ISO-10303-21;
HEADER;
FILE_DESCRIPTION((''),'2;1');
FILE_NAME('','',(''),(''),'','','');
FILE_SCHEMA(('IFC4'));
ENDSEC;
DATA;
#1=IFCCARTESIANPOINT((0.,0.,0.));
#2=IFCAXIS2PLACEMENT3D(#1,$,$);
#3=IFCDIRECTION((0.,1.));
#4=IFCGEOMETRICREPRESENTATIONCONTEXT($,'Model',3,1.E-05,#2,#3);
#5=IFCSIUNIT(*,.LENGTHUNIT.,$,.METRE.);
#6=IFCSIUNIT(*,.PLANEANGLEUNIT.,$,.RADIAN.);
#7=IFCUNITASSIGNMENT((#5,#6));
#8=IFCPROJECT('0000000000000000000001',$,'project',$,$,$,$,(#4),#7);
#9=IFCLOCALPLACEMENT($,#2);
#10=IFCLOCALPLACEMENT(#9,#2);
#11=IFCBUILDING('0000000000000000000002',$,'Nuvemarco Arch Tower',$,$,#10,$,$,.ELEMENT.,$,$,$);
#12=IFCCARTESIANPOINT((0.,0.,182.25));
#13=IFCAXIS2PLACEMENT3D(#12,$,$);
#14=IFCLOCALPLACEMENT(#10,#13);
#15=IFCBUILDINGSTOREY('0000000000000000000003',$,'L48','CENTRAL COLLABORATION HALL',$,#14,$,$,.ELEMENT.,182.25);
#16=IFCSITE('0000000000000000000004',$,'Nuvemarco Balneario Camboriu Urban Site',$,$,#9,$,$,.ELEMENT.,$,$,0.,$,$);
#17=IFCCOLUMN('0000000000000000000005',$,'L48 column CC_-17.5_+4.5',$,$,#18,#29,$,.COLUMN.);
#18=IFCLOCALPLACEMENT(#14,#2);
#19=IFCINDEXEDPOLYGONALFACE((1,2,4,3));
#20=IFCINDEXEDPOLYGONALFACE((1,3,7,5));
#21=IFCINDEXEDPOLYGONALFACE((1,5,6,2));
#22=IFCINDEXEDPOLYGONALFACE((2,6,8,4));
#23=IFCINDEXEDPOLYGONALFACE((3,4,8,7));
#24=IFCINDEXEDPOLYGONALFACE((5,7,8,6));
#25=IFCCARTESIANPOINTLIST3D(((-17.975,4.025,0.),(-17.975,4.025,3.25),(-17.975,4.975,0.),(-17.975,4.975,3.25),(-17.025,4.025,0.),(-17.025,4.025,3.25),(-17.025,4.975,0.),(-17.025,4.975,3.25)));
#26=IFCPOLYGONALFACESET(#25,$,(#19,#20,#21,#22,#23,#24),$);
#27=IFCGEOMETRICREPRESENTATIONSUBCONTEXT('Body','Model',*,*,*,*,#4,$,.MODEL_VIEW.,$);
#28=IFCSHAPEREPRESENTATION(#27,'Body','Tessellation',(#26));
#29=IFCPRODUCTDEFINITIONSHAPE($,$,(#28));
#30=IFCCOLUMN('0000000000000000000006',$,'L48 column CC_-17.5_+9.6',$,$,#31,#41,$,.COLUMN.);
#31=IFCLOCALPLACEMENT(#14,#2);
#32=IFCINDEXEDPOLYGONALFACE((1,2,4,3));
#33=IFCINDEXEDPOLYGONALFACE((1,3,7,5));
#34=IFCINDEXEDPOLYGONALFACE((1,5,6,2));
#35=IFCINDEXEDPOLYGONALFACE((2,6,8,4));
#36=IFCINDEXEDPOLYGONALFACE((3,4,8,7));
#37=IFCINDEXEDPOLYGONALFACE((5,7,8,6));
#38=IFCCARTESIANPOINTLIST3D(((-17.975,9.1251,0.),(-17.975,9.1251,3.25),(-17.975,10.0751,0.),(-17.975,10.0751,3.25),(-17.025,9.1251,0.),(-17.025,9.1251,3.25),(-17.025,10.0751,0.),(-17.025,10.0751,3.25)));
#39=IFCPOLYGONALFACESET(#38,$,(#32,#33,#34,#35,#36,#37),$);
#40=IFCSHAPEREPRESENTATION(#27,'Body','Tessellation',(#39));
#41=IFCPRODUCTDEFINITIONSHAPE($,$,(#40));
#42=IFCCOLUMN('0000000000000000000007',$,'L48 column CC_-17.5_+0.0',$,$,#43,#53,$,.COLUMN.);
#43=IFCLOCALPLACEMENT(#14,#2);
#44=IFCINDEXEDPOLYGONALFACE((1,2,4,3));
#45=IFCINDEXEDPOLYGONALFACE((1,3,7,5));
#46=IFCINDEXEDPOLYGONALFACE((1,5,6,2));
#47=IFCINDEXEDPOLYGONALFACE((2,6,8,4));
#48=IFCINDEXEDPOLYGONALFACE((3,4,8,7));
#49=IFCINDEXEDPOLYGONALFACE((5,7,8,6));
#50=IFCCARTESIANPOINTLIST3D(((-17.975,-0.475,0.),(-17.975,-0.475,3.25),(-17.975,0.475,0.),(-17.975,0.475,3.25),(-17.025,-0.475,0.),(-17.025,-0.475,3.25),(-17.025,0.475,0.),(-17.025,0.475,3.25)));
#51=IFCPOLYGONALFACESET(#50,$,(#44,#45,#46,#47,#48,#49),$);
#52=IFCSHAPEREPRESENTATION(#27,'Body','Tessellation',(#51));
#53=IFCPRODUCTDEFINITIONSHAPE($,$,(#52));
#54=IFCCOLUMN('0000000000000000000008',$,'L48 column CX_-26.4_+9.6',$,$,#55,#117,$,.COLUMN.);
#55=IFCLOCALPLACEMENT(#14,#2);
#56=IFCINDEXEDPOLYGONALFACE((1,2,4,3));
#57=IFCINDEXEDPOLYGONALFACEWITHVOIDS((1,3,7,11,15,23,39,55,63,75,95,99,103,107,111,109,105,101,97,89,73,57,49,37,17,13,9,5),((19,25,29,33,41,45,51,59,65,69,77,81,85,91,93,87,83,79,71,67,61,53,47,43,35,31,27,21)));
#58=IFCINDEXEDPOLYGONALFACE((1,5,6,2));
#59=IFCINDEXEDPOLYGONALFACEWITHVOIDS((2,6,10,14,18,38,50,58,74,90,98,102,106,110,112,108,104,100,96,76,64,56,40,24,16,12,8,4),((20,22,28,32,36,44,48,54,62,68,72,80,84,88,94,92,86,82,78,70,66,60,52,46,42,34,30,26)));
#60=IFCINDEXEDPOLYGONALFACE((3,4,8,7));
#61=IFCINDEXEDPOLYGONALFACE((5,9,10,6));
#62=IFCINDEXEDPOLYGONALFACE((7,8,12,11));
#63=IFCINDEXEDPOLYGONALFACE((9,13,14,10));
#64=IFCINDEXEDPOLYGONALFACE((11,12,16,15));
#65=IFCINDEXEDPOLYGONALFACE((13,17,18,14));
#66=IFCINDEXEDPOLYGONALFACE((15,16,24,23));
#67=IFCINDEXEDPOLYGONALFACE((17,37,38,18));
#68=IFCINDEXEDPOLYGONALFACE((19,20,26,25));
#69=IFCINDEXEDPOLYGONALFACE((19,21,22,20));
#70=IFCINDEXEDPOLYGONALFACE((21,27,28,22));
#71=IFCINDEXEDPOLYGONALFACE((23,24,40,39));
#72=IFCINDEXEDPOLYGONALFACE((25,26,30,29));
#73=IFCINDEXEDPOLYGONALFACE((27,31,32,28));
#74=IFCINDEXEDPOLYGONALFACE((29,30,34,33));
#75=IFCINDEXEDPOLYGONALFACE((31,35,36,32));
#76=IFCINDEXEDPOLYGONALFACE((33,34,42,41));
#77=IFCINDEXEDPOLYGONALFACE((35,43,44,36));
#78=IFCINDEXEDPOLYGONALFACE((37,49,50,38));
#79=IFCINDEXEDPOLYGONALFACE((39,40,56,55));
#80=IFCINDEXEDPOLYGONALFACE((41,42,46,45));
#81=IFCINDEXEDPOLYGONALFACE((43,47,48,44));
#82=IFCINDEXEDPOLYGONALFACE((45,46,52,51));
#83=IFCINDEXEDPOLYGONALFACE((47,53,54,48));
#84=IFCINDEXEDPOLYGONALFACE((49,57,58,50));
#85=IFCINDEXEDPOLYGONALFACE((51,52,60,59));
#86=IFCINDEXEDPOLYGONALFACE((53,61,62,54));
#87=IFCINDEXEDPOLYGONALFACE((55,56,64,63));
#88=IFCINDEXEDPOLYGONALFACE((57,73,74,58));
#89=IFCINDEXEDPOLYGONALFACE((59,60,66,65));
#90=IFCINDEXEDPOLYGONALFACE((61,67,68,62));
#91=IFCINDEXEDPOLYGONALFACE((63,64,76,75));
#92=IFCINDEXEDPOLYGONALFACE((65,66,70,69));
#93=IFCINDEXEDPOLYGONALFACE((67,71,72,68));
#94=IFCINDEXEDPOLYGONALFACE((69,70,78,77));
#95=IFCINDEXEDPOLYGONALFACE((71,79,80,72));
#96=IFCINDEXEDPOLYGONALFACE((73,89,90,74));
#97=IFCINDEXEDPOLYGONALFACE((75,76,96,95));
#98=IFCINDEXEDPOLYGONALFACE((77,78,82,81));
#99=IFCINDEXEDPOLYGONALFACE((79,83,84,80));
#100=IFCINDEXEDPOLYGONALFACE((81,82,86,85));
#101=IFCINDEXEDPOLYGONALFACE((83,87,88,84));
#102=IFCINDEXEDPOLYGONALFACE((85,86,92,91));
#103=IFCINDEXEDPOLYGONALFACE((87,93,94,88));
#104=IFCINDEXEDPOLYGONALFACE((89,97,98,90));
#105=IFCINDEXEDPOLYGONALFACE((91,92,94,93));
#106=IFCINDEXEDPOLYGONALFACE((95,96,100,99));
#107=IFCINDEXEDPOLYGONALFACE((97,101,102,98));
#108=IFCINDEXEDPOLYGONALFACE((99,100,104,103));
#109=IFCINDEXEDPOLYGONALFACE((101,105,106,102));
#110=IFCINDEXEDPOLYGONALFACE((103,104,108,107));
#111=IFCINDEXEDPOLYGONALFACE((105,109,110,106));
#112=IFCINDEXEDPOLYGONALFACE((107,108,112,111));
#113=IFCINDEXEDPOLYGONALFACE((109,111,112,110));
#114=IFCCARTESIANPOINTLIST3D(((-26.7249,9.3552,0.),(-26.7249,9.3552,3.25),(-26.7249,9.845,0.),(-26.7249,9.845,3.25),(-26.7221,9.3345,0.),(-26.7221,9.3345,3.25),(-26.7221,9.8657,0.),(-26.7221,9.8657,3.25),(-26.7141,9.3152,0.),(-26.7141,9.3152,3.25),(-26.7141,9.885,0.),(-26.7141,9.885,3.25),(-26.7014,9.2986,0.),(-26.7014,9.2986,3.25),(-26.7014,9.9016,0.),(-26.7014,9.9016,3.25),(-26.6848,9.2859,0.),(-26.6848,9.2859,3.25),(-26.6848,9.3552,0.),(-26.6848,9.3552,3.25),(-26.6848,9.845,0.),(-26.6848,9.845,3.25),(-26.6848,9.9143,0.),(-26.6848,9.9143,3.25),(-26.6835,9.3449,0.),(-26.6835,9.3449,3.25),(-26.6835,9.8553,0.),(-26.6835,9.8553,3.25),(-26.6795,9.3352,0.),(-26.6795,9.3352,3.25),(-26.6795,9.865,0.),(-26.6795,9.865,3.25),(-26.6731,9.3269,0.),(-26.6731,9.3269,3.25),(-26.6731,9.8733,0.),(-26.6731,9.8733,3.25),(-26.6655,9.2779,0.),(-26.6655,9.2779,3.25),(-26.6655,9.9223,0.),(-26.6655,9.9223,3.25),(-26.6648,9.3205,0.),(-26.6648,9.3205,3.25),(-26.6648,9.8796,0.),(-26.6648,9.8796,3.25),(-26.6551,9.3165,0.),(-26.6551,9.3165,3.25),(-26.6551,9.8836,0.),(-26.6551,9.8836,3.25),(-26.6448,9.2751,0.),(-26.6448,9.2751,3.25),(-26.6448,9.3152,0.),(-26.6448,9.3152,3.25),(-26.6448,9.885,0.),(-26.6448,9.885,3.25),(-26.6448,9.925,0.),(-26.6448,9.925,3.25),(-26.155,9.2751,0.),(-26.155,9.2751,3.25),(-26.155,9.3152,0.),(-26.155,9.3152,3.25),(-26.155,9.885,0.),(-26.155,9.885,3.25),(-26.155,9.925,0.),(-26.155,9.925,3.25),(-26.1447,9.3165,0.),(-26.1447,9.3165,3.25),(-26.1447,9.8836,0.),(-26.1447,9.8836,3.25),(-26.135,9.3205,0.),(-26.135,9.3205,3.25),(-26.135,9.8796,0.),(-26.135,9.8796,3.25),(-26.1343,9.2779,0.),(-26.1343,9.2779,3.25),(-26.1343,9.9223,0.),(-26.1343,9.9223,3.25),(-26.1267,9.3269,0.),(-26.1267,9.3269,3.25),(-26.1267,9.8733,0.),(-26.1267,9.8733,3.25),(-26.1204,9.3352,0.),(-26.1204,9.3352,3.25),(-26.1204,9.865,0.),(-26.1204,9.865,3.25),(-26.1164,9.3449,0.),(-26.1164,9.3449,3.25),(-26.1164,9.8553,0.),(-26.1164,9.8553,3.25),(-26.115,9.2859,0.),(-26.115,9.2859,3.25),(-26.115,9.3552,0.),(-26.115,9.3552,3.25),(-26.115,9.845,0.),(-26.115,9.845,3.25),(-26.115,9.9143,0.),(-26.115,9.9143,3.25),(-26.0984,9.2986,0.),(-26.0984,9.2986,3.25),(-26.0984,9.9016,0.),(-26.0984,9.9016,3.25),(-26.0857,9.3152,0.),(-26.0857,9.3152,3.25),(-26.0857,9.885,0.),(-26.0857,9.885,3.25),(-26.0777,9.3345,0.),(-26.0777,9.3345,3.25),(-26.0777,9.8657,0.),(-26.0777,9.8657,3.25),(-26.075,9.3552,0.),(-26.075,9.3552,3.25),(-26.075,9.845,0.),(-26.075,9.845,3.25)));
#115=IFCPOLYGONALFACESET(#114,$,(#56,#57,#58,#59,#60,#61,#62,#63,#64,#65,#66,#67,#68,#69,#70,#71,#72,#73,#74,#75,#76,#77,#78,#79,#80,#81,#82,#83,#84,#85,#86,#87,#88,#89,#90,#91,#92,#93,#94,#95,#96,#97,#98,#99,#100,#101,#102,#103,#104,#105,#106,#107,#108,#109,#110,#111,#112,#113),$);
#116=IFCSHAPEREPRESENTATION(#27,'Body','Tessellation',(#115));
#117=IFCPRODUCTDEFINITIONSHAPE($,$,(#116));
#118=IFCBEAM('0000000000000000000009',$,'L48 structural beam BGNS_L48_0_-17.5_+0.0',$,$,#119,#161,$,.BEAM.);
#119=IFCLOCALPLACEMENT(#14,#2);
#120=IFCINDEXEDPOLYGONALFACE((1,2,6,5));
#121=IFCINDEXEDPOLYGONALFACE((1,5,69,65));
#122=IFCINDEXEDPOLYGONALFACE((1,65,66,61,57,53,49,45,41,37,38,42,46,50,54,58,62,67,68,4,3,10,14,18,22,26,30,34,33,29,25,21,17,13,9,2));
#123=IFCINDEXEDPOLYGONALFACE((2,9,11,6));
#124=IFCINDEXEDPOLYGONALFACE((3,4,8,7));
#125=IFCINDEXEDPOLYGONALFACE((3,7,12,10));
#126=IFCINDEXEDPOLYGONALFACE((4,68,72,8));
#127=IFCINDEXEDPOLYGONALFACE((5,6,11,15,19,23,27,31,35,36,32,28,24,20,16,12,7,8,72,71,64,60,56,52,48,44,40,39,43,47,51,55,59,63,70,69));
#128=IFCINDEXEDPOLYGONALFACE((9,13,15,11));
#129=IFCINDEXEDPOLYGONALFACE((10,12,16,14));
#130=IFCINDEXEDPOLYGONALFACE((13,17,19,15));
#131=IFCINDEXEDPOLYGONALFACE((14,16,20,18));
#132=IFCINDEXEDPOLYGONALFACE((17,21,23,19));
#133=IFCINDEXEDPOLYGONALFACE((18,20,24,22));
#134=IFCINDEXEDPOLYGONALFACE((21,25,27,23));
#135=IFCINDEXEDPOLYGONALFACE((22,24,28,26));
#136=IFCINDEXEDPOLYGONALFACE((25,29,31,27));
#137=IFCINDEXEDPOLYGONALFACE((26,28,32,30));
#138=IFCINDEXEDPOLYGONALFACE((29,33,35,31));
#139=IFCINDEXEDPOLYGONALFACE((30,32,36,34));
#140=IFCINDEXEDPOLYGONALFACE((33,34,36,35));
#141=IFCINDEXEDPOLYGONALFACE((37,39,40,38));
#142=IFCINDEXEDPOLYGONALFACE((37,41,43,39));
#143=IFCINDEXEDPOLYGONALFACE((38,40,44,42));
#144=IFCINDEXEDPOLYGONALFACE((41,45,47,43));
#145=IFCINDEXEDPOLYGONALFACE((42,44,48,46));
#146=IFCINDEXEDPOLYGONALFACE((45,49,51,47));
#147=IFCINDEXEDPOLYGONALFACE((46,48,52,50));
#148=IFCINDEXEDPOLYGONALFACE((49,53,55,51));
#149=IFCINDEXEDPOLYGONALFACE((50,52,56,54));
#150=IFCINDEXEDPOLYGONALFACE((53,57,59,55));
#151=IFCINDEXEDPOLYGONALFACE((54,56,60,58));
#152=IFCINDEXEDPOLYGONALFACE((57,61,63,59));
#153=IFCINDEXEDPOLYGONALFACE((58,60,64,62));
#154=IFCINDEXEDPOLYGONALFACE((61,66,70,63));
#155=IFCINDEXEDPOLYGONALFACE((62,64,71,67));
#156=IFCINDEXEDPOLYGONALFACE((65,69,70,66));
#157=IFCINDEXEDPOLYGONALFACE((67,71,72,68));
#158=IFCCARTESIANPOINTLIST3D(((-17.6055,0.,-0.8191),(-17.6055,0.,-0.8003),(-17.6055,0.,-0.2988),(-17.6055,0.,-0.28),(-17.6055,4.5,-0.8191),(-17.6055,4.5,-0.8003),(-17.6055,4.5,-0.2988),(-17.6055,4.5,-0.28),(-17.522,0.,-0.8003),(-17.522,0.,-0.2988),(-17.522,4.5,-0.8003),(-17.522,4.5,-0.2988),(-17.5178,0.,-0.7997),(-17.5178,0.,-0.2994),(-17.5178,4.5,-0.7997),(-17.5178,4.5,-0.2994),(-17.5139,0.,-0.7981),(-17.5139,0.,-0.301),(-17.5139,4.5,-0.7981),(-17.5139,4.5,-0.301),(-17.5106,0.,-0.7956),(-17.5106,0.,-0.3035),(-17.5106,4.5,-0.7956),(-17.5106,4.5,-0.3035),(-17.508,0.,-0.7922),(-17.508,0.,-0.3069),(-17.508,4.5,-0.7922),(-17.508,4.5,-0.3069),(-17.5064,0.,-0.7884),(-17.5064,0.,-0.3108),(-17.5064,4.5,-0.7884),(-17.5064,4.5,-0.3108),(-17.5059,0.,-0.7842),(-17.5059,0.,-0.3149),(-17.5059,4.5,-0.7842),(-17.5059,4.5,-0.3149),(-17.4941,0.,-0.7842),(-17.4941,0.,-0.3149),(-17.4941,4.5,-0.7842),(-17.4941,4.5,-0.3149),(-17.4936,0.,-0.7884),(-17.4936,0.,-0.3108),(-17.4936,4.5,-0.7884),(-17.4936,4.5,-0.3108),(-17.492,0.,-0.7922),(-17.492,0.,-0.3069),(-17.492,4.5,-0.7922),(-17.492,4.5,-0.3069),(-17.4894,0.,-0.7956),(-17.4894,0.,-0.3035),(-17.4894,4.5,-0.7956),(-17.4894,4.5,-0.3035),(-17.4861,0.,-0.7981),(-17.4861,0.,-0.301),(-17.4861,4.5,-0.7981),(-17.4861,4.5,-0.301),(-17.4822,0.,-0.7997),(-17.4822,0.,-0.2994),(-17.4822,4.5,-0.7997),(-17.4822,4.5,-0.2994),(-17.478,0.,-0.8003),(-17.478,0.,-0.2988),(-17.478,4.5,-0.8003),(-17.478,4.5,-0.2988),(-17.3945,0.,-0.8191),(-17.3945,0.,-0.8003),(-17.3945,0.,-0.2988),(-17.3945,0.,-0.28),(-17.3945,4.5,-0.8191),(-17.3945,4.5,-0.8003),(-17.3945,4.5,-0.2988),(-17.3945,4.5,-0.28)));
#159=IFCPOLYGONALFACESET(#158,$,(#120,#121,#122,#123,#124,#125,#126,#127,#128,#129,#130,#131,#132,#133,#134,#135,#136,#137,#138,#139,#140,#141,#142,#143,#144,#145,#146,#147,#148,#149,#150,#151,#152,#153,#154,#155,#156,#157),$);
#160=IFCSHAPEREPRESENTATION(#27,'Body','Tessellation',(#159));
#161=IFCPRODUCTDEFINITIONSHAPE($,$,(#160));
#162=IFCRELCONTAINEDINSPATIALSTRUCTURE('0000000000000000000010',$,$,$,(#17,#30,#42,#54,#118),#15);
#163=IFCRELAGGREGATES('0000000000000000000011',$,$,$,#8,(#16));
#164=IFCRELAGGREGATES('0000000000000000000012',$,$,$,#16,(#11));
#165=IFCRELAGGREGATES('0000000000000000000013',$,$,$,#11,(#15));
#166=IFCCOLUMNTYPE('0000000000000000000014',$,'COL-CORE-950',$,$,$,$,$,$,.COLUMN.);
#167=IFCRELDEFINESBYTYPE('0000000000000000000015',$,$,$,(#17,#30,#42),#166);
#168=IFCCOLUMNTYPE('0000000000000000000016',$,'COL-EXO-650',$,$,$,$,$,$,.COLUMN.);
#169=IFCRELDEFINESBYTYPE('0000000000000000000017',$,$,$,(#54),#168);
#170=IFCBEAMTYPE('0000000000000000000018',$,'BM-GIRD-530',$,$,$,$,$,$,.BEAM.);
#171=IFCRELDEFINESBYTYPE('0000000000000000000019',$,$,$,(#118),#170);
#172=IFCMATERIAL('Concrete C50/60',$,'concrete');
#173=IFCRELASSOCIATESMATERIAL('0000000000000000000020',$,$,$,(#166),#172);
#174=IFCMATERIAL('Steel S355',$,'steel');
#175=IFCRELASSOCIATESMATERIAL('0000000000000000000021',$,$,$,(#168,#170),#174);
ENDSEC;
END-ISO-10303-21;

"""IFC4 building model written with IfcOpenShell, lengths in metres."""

from ifc_helpers import new_model, si_unit, direction, frame, origin, origin_2d, place, context, subcontext, project, spatial, rectangle, hollow_rectangle, i_section, extrude, material, material_profile, profile_set, type_object, element, save


model = new_model("IFC4")

# Units and contexts
model_context = context("Model", 3, precision=1e-05, world=origin(), true_north=direction((0.0, 1.0)))
body_context = subcontext(model_context, "Body", "Model", "MODEL_VIEW")
ifc_project = project(units=[si_unit("LENGTHUNIT", "METRE"), si_unit("PLANEANGLEUNIT", "RADIAN")], contexts=[model_context])

# Site, building, storey
site_placement = place(None, origin())
site = spatial("IfcSite", under=ifc_project, at=site_placement, Name="Nuvemarco Balneario Camboriu Urban Site", CompositionType="ELEMENT", RefElevation=0.0)
building_placement = place(site_placement, origin())
building = spatial("IfcBuilding", under=site, at=building_placement, Name="Nuvemarco Arch Tower", CompositionType="ELEMENT")
storey_placement = place(building_placement, frame((0.0, 0.0, 182.25)))
storey = spatial("IfcBuildingStorey", under=building, at=storey_placement, Name="L48", Description="CENTRAL COLLABORATION HALL", CompositionType="ELEMENT", Elevation=182.25)

# Columns
ifc_material_1 = material(Name="Concrete C50/60", Category="concrete")
ifc_material_profile_1 = material_profile(ifc_material_1, rectangle(XDim=0.95, YDim=0.95, at=origin_2d()), Name="RC-COL-950x950")
ifc_profile_set_1 = profile_set([ifc_material_profile_1], Name="Concrete C50/60")
column_type_1 = type_object("IfcColumnType", Name="COL-CORE-950", PredefinedType="COLUMN", material=ifc_profile_set_1)
for number, where, z_axis, x_axis, name in (
    (1, (-17.5, 4.5, 0.0), (0.0, 0.0, 1.0), (1.0, 0.0, 0.0), "L48 column CC_-17.5_+4.5"),
    (2, (-17.5, 9.6001, 0.0), (0.0, 0.0, 1.0), (1.0, 0.0, 0.0), "L48 column CC_-17.5_+9.6"),
    (3, (-17.5, 0.0, 0.0), (0.0, 0.0, 1.0), (1.0, 0.0, 0.0), "L48 column CC_-17.5_+0.0"),
):
    element("IfcColumn", number, at=place(storey_placement, frame(where, z_axis=z_axis, x_axis=x_axis)), inside=storey, type_object=column_type_1, Name=name, PredefinedType="COLUMN", context=body_context, shape_type="SweptSolid", body=[
        extrude(rectangle(XDim=0.95, YDim=0.95, at=origin_2d()), origin(), (0.0, 0.0, 1.0), 3.25),
    ])
ifc_material_2 = material(Name="Steel S355", Category="steel")
ifc_material_profile_2 = material_profile(ifc_material_2, hollow_rectangle(XDim=0.6499, YDim=0.6499, WallThickness=0.04, InnerFilletRadius=0.04, OuterFilletRadius=0.0801, at=origin_2d()), Name="SHS650x650x40")
ifc_profile_set_2 = profile_set([ifc_material_profile_2], Name="Steel S355")
column_type_2 = type_object("IfcColumnType", Name="COL-EXO-650", PredefinedType="COLUMN", material=ifc_profile_set_2)
column_placement = place(storey_placement, frame((-26.3999, 9.6001, 0.0), z_axis=(0.0, 0.0, 1.0), x_axis=(1.0, 0.0, 0.0)))
element("IfcColumn", 4, at=column_placement, inside=storey, type_object=column_type_2, Name="L48 column CX_-26.4_+9.6", PredefinedType="COLUMN", context=body_context, shape_type="SweptSolid", body=[
    extrude(hollow_rectangle(XDim=0.6499, YDim=0.6499, WallThickness=0.04, InnerFilletRadius=0.04, OuterFilletRadius=0.0801, at=origin_2d()), origin(), (0.0, 0.0, 1.0), 3.25),
])

# Beam
ifc_material_profile_3 = material_profile(ifc_material_2, i_section(OverallWidth=0.2109, OverallDepth=0.5391, WebThickness=0.0117, FlangeThickness=0.0188, FilletRadius=0.0161, at=origin_2d()), Name="W530x109")
ifc_profile_set_3 = profile_set([ifc_material_profile_3], Name="Steel S355")
beam_type_1 = type_object("IfcBeamType", Name="BM-GIRD-530", PredefinedType="BEAM", material=ifc_profile_set_3)
beam_1_placement = place(storey_placement, frame((-17.5, 0.0, -0.5496), z_axis=(0.0, 1.0, 0.0), x_axis=(-1.0, 0.0, 0.0)))
element("IfcBeam", 5, at=beam_1_placement, inside=storey, type_object=beam_type_1, Name="L48 structural beam BGNS_L48_0_-17.5_+0.0", PredefinedType="BEAM", context=body_context, shape_type="SweptSolid", body=[
    extrude(i_section(OverallWidth=0.2109, OverallDepth=0.5391, WebThickness=0.0117, FlangeThickness=0.0188, FilletRadius=0.0161, at=origin_2d()), origin(), (0.0, 0.0, 1.0), 4.5),
])

save(model, "model.ifc")
